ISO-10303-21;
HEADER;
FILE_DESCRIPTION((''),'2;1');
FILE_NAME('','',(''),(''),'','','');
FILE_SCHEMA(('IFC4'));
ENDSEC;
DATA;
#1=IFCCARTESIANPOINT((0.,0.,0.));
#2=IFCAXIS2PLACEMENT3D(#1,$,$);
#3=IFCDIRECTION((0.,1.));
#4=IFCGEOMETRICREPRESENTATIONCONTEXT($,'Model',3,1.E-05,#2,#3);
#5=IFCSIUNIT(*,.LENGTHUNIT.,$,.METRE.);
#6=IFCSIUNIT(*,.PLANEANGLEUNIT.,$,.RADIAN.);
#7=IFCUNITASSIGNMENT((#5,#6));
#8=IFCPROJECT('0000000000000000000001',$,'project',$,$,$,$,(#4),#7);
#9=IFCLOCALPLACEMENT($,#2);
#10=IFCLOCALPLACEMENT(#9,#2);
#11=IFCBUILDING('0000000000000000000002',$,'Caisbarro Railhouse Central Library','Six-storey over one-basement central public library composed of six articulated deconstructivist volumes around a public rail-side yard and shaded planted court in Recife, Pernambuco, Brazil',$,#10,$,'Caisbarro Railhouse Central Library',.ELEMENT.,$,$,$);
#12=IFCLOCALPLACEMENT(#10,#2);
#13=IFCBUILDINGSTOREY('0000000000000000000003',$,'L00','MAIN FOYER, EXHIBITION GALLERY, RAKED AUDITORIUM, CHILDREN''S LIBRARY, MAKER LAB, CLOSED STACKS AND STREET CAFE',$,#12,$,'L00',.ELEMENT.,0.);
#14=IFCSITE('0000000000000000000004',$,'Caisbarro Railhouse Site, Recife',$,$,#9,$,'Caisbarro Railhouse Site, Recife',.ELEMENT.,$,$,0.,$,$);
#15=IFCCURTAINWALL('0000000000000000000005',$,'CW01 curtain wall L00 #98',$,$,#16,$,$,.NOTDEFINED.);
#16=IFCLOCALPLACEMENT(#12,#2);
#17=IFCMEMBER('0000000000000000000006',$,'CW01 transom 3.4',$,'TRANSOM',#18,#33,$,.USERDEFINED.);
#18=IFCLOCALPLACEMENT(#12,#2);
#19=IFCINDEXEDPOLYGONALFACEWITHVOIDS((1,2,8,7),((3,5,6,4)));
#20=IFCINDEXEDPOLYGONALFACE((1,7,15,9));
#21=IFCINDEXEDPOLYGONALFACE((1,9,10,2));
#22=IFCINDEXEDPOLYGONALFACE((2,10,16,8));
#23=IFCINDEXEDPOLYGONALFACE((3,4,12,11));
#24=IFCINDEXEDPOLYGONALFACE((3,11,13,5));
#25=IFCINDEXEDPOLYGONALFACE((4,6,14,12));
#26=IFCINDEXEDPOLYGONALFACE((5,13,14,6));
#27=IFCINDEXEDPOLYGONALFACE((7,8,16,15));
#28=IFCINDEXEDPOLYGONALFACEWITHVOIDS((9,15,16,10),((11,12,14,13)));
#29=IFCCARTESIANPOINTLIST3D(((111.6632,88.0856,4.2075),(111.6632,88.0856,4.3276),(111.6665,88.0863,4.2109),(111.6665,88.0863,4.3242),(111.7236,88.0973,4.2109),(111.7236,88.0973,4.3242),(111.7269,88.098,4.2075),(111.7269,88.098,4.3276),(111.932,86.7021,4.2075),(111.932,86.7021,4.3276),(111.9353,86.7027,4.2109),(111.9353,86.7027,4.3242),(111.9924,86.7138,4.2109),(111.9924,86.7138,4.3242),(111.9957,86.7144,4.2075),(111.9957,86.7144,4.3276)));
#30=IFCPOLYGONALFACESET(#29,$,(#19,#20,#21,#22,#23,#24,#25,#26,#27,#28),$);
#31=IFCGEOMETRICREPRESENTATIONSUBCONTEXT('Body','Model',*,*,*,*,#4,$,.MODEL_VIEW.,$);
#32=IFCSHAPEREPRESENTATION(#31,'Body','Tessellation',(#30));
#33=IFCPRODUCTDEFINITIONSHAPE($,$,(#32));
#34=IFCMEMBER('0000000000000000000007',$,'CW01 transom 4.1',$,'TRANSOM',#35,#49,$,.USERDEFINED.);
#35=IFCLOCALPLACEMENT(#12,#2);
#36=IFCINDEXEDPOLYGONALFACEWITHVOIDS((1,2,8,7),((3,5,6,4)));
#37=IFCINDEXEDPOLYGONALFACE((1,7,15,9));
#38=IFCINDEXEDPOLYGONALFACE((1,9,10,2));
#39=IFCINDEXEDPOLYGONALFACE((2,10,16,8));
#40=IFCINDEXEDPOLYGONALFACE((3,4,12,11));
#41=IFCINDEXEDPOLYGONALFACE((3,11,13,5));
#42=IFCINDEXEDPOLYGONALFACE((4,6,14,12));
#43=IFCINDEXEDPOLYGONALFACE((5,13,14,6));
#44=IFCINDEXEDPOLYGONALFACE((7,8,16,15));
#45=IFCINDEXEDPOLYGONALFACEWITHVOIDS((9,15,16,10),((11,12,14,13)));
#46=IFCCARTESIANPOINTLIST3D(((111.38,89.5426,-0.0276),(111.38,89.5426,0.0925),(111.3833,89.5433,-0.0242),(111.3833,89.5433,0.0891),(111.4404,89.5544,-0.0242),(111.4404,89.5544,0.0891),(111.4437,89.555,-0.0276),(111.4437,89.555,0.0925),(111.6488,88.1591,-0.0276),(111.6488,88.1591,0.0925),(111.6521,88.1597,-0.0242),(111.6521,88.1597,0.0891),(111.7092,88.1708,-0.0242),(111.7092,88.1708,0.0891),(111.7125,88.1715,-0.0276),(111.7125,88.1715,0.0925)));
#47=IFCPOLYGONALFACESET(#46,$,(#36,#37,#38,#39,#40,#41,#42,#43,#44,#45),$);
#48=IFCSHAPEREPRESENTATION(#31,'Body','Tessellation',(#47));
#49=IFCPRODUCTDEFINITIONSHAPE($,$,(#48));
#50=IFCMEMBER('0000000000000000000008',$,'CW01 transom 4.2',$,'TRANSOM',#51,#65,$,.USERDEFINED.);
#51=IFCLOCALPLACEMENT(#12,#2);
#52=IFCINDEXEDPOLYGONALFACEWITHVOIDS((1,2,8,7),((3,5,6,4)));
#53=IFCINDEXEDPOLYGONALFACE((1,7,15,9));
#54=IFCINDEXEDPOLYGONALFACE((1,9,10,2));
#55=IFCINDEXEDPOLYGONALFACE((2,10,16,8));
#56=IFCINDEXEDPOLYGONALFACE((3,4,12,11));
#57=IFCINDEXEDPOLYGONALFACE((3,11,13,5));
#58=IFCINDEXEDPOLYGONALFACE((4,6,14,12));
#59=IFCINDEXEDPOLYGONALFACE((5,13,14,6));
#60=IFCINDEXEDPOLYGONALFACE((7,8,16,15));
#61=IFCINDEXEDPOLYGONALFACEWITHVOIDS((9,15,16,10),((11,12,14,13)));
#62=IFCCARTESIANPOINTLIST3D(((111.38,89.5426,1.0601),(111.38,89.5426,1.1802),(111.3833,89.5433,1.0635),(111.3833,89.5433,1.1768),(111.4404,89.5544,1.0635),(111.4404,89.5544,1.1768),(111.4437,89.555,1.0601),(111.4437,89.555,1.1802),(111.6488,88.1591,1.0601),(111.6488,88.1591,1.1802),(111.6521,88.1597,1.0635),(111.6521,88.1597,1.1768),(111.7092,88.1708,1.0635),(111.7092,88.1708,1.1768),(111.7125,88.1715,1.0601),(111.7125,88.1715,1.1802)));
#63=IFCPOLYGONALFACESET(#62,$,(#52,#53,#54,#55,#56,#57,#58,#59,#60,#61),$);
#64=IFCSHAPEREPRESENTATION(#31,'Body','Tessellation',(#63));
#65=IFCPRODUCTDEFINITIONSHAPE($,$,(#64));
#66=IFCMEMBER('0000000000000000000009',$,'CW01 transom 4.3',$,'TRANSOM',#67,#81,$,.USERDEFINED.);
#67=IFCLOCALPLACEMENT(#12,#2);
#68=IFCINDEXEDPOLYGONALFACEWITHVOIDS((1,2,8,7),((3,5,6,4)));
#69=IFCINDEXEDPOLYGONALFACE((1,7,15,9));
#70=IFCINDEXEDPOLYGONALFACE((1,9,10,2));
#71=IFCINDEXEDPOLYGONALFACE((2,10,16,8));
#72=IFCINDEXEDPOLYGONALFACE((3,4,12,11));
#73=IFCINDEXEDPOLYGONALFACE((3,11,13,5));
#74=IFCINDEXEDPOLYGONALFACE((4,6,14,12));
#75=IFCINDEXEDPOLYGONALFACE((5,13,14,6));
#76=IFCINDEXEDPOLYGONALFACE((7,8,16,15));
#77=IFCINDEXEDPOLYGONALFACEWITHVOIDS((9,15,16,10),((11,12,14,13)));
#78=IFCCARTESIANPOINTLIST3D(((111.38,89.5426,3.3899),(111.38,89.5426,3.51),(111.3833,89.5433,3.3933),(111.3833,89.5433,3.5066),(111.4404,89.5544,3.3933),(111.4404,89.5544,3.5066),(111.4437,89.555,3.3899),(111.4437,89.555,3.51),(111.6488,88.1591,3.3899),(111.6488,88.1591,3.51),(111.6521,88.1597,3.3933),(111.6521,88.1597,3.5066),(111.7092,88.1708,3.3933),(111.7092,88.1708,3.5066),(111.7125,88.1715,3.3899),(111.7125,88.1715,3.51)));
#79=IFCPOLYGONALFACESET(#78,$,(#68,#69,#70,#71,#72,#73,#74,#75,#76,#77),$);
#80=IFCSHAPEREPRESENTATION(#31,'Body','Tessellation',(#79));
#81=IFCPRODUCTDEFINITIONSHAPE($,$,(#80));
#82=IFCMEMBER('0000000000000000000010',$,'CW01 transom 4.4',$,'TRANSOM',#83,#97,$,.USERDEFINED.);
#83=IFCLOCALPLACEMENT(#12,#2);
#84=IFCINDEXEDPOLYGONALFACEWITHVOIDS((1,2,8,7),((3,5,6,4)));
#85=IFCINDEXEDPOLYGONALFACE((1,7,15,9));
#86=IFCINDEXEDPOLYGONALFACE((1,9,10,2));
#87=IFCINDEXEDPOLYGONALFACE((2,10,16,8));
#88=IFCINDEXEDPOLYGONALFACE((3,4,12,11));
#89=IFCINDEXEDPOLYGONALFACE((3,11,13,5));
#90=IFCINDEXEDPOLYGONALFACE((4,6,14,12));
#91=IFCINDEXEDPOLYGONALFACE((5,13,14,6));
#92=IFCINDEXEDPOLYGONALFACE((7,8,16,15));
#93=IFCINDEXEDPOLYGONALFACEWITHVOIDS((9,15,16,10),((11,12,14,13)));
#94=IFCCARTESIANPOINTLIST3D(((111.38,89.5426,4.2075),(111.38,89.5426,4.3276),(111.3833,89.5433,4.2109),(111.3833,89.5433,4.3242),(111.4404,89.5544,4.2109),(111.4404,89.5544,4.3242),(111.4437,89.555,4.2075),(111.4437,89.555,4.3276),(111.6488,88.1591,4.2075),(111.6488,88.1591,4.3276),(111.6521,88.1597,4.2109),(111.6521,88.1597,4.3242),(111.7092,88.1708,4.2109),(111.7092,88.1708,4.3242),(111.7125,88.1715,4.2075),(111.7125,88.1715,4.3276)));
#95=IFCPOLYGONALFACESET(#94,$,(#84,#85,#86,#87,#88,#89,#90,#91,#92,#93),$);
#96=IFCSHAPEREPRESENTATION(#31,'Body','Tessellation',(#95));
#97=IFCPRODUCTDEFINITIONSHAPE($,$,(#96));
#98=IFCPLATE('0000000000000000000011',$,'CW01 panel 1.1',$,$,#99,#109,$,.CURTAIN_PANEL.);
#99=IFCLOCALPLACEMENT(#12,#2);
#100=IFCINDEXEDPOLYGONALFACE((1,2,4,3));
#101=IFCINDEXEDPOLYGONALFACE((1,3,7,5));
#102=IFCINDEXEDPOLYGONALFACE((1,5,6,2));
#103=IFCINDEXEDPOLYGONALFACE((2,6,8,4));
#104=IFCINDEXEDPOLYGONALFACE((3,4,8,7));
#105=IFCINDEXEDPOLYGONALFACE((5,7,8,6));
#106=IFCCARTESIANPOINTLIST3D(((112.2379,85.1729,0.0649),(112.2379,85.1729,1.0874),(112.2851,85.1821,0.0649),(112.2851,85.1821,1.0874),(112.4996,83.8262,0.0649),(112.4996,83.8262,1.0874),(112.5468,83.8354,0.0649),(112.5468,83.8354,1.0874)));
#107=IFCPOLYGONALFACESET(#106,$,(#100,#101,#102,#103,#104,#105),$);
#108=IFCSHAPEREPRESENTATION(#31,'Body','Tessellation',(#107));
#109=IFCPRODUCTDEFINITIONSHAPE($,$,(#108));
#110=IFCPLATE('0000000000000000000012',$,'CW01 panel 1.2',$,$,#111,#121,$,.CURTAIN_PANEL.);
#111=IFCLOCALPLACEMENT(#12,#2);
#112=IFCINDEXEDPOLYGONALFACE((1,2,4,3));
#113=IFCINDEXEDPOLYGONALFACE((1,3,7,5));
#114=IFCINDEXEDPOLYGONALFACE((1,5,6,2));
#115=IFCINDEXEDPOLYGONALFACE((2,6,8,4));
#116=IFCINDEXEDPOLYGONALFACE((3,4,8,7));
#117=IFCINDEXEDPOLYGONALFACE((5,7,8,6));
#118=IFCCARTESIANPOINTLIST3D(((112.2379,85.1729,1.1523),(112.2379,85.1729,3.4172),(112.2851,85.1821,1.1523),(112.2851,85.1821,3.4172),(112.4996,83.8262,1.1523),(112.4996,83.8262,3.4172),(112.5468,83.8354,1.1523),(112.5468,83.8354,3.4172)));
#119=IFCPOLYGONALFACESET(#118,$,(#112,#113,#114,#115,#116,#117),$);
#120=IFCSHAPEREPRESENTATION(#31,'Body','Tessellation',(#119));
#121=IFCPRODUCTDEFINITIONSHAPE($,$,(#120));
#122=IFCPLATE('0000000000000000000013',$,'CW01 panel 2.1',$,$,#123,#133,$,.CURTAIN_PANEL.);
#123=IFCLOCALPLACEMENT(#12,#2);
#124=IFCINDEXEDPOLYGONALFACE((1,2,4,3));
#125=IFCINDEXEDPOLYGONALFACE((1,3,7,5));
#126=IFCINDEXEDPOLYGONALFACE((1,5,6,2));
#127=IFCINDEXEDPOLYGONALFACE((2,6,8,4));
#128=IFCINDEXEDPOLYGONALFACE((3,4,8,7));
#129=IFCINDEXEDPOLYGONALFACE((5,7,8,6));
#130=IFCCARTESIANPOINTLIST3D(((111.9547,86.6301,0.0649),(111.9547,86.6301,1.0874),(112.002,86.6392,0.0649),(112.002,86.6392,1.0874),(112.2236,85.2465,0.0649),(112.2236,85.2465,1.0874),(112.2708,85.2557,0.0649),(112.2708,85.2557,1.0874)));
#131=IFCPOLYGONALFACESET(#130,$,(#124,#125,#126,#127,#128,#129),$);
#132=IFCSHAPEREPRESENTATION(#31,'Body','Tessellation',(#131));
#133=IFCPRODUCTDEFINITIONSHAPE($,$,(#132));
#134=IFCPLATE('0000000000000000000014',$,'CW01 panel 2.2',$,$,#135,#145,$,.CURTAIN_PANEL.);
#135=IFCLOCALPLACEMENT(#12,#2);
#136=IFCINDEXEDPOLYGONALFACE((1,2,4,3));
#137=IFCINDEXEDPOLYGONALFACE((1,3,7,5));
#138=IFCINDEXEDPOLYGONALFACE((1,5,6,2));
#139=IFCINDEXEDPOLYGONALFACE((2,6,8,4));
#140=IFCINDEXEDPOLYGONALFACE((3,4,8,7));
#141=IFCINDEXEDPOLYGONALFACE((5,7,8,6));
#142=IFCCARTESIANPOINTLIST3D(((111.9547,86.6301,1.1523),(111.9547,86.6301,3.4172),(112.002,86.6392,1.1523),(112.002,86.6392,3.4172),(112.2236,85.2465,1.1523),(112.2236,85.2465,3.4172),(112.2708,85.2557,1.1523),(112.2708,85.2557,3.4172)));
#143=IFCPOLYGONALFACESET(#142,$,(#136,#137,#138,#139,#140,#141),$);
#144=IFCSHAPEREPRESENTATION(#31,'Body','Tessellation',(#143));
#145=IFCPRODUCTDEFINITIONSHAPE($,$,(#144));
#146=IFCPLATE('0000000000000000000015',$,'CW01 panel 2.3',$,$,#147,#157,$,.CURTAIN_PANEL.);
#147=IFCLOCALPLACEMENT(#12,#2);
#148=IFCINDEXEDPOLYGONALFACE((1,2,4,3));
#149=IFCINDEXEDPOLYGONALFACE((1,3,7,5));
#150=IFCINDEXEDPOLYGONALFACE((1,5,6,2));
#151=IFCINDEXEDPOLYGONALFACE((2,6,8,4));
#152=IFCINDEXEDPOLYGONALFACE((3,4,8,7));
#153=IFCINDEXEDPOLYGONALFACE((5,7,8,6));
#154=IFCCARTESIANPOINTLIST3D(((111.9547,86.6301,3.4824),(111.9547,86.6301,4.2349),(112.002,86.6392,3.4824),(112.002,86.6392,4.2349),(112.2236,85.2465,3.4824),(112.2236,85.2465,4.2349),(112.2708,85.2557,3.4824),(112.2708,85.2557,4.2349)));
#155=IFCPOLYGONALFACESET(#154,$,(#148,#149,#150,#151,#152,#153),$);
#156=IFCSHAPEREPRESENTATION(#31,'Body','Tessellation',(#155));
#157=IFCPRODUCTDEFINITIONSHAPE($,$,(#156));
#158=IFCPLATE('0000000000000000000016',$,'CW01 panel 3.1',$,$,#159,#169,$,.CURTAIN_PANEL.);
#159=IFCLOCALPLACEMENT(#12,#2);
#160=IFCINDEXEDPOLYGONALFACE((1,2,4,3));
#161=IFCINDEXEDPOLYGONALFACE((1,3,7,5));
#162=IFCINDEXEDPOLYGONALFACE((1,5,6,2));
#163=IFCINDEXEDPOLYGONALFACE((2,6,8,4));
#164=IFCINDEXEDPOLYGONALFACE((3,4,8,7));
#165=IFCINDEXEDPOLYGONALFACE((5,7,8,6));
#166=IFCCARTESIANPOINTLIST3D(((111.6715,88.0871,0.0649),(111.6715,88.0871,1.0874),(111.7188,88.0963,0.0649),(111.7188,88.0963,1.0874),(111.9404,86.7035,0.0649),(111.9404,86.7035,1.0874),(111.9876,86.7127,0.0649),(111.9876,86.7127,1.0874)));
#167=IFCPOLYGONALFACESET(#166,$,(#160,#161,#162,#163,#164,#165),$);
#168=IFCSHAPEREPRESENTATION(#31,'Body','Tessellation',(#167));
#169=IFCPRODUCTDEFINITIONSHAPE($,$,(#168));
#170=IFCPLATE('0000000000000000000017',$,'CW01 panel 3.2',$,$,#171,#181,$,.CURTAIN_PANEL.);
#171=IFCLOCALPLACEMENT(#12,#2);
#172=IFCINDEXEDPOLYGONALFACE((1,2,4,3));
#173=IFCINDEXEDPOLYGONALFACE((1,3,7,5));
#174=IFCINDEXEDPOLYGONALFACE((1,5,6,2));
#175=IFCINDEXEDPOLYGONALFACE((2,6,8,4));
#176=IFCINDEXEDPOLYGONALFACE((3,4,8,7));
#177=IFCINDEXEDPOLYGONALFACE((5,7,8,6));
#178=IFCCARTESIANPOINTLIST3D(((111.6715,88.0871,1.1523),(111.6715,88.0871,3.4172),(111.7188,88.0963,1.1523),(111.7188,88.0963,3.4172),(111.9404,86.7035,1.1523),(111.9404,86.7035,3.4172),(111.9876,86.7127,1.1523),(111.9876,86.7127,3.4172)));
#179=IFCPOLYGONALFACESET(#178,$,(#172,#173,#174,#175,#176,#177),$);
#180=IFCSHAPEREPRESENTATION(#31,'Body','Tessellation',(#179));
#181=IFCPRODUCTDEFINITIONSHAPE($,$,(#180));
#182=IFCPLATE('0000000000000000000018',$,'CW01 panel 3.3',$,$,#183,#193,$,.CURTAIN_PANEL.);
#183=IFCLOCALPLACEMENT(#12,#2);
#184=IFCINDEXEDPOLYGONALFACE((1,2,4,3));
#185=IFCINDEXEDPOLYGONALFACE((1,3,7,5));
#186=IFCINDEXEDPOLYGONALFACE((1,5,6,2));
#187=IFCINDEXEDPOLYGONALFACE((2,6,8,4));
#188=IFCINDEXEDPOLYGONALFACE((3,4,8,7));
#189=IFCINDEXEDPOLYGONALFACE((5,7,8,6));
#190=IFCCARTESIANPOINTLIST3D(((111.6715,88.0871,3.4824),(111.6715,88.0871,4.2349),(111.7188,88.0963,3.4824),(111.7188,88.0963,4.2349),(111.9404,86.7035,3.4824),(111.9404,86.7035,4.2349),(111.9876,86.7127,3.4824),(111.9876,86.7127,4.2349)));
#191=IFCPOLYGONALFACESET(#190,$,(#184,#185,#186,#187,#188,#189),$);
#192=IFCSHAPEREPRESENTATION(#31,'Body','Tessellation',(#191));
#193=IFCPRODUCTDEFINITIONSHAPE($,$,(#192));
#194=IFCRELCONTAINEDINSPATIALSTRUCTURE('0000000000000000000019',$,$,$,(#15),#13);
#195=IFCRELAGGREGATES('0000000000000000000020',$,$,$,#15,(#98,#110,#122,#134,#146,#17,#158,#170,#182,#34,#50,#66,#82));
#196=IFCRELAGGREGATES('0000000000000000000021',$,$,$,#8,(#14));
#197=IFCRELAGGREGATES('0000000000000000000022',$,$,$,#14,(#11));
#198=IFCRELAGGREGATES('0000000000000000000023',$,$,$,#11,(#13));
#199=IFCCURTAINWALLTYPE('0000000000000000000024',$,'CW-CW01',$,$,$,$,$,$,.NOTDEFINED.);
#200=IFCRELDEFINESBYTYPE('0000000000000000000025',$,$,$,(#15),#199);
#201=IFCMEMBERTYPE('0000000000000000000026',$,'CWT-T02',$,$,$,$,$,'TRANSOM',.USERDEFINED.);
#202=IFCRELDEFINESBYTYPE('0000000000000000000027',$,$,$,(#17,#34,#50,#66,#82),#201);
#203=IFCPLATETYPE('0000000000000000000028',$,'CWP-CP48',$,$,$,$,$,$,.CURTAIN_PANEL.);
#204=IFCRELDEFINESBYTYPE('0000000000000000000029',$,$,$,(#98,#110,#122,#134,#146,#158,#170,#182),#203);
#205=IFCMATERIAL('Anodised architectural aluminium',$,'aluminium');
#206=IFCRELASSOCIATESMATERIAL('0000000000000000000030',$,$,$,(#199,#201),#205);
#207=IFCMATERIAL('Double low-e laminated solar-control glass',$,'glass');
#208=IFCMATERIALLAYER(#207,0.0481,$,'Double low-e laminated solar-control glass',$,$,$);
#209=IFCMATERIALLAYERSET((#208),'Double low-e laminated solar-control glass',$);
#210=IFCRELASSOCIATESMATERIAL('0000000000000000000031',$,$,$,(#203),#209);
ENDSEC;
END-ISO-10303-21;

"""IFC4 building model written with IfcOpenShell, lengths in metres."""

from ifc_helpers import new_model, si_unit, direction, frame, origin, origin_2d, place, context, subcontext, project, spatial, rectangle, hollow_rectangle, extrude, material, layer, layer_set, material_profile, profile_set, type_object, element, aggregate, save


model = new_model("IFC4")

# Units and contexts
model_context = context("Model", 3, precision=1e-05, world=origin(), true_north=direction((0.0, 1.0)))
body_context = subcontext(model_context, "Body", "Model", "MODEL_VIEW")
ifc_project = project(units=[si_unit("LENGTHUNIT", "METRE"), si_unit("PLANEANGLEUNIT", "RADIAN")], contexts=[model_context])

# Site, building, storey
site_placement = place(None, origin())
site = spatial("IfcSite", under=ifc_project, at=site_placement, Name="Caisbarro Railhouse Site, Recife", LongName="Caisbarro Railhouse Site, Recife", CompositionType="ELEMENT", RefElevation=0.0)
building_placement = place(site_placement, origin())
building = spatial("IfcBuilding", under=site, at=building_placement, Name="Caisbarro Railhouse Central Library", Description="Six-storey over one-basement central public library composed of six articulated deconstructivist volumes around a public rail-side yard and shaded planted court in Recife, Pernambuco, Brazil", LongName="Caisbarro Railhouse Central Library", CompositionType="ELEMENT")
storey_placement = place(building_placement, origin())
storey = spatial("IfcBuildingStorey", under=building, at=storey_placement, Name="L00", Description="MAIN FOYER, EXHIBITION GALLERY, RAKED AUDITORIUM, CHILDREN'S LIBRARY, MAKER LAB, CLOSED STACKS AND STREET CAFE", LongName="L00", CompositionType="ELEMENT", Elevation=0.0)

# Curtain wall, members, plates
ifc_material_1 = material(Name="Anodised architectural aluminium", Category="aluminium")
curtain_wall_type = type_object("IfcCurtainWallType", Name="CW-CW01", PredefinedType="NOTDEFINED", material=ifc_material_1)
curtain_wall_placement = place(storey_placement, origin())
curtain_wall = element("IfcCurtainWall", 1, at=curtain_wall_placement, inside=storey, type_object=curtain_wall_type, Name="CW01 curtain wall L00 #98", PredefinedType="NOTDEFINED")
ifc_material_profile_1 = material_profile(ifc_material_1, hollow_rectangle(XDim=0.0649, YDim=0.1201, WallThickness=0.0034, at=origin_2d()), Name="ALU-TRN-65X120")
ifc_profile_set_1 = profile_set([ifc_material_profile_1], Name="Anodised architectural aluminium")
member_type_1 = type_object("IfcMemberType", Name="CWT-T02", ElementType="TRANSOM", PredefinedType="USERDEFINED", material=ifc_profile_set_1)
member_1_placement = place(storey_placement, frame((111.9639, 86.7083, 4.2676), z_axis=(-0.190717, 0.981645, 0.0), x_axis=(-0.981645, -0.190717, 0.0)))
member_1 = element("IfcMember", 2, at=member_1_placement, type_object=member_type_1, Name="CW01 transom 3.4", ObjectType="TRANSOM", PredefinedType="USERDEFINED", context=body_context, shape_type="SweptSolid", body=[
    extrude(hollow_rectangle(XDim=0.0649, YDim=0.1201, WallThickness=0.0034, at=origin_2d()), origin(), (0.0, 0.0, 1.0), 1.4094),
])
member_2_placement = place(storey_placement, frame((111.6807, 88.1653, 0.0325), z_axis=(-0.190717, 0.981645, 0.0), x_axis=(-0.981645, -0.190717, 0.0)))
member_2 = element("IfcMember", 3, at=member_2_placement, type_object=member_type_1, Name="CW01 transom 4.1", ObjectType="TRANSOM", PredefinedType="USERDEFINED", context=body_context, shape_type="SweptSolid", body=[
    extrude(hollow_rectangle(XDim=0.0649, YDim=0.1201, WallThickness=0.0034, at=origin_2d()), origin(), (0.0, 0.0, 1.0), 1.4094),
])
member_3_placement = place(storey_placement, frame((111.6807, 88.1653, 1.1201), z_axis=(-0.190717, 0.981645, 0.0), x_axis=(-0.981645, -0.190717, 0.0)))
member_3 = element("IfcMember", 4, at=member_3_placement, type_object=member_type_1, Name="CW01 transom 4.2", ObjectType="TRANSOM", PredefinedType="USERDEFINED", context=body_context, shape_type="SweptSolid", body=[
    extrude(hollow_rectangle(XDim=0.0649, YDim=0.1201, WallThickness=0.0034, at=origin_2d()), origin(), (0.0, 0.0, 1.0), 1.4094),
])
member_4_placement = place(storey_placement, frame((111.6807, 88.1653, 3.45), z_axis=(-0.190717, 0.981645, 0.0), x_axis=(-0.981645, -0.190717, 0.0)))
member_4 = element("IfcMember", 5, at=member_4_placement, type_object=member_type_1, Name="CW01 transom 4.3", ObjectType="TRANSOM", PredefinedType="USERDEFINED", context=body_context, shape_type="SweptSolid", body=[
    extrude(hollow_rectangle(XDim=0.0649, YDim=0.1201, WallThickness=0.0034, at=origin_2d()), origin(), (0.0, 0.0, 1.0), 1.4094),
])
member_5_placement = place(storey_placement, frame((111.6807, 88.1653, 4.2676), z_axis=(-0.190717, 0.981645, 0.0), x_axis=(-0.981645, -0.190717, 0.0)))
member_5 = element("IfcMember", 6, at=member_5_placement, type_object=member_type_1, Name="CW01 transom 4.4", ObjectType="TRANSOM", PredefinedType="USERDEFINED", context=body_context, shape_type="SweptSolid", body=[
    extrude(hollow_rectangle(XDim=0.0649, YDim=0.1201, WallThickness=0.0034, at=origin_2d()), origin(), (0.0, 0.0, 1.0), 1.4094),
])
ifc_material_2 = material(Name="Double low-e laminated solar-control glass", Category="glass")
ifc_layer = layer(ifc_material_2, 0.0481, Name="Double low-e laminated solar-control glass")
ifc_layer_set = layer_set([ifc_layer], Name="Double low-e laminated solar-control glass")
plate_type = type_object("IfcPlateType", Name="CWP-CP48", PredefinedType="CURTAIN_PANEL", material=ifc_layer_set)
plate_1_placement = place(storey_placement, frame((112.3923, 84.5042, 0.0649), z_axis=(0.0, 0.0, 1.0), x_axis=(-0.190781, 0.981633, 0.0)))
plate_1 = element("IfcPlate", 7, at=plate_1_placement, type_object=plate_type, Name="CW01 panel 1.1", PredefinedType="CURTAIN_PANEL", context=body_context, shape_type="SweptSolid", body=[
    extrude(rectangle(XDim=1.3718, YDim=0.0481, at=origin_2d()), origin(), (0.0, 0.0, 1.0), 1.0225),
])
plate_2_placement = place(storey_placement, frame((112.3923, 84.5042, 1.1523), z_axis=(0.0, 0.0, 1.0), x_axis=(-0.190781, 0.981633, 0.0)))
plate_2 = element("IfcPlate", 8, at=plate_2_placement, type_object=plate_type, Name="CW01 panel 1.2", PredefinedType="CURTAIN_PANEL", context=body_context, shape_type="SweptSolid", body=[
    extrude(rectangle(XDim=1.3718, YDim=0.0481, at=origin_2d()), origin(), (0.0, 0.0, 1.0), 2.2649),
])
plate_3_placement = place(storey_placement, frame((112.1128, 85.9429, 0.0649), z_axis=(0.0, 0.0, 1.0), x_axis=(-0.190781, 0.981633, 0.0)))
plate_3 = element("IfcPlate", 9, at=plate_3_placement, type_object=plate_type, Name="CW01 panel 2.1", PredefinedType="CURTAIN_PANEL", context=body_context, shape_type="SweptSolid", body=[
    extrude(rectangle(XDim=1.4094, YDim=0.0481, at=origin_2d()), origin(), (0.0, 0.0, 1.0), 1.0225),
])
plate_4_placement = place(storey_placement, frame((112.1128, 85.9429, 1.1523), z_axis=(0.0, 0.0, 1.0), x_axis=(-0.190781, 0.981633, 0.0)))
plate_4 = element("IfcPlate", 10, at=plate_4_placement, type_object=plate_type, Name="CW01 panel 2.2", PredefinedType="CURTAIN_PANEL", context=body_context, shape_type="SweptSolid", body=[
    extrude(rectangle(XDim=1.4094, YDim=0.0481, at=origin_2d()), origin(), (0.0, 0.0, 1.0), 2.2649),
])
plate_5_placement = place(storey_placement, frame((112.1128, 85.9429, 3.4824), z_axis=(0.0, 0.0, 1.0), x_axis=(-0.190781, 0.981633, 0.0)))
plate_5 = element("IfcPlate", 11, at=plate_5_placement, type_object=plate_type, Name="CW01 panel 2.3", PredefinedType="CURTAIN_PANEL", context=body_context, shape_type="SweptSolid", body=[
    extrude(rectangle(XDim=1.4094, YDim=0.0481, at=origin_2d()), origin(), (0.0, 0.0, 1.0), 0.7524),
])
plate_6_placement = place(storey_placement, frame((111.8296, 87.3999, 0.0649), z_axis=(0.0, 0.0, 1.0), x_axis=(-0.190781, 0.981633, 0.0)))
plate_6 = element("IfcPlate", 12, at=plate_6_placement, type_object=plate_type, Name="CW01 panel 3.1", PredefinedType="CURTAIN_PANEL", context=body_context, shape_type="SweptSolid", body=[
    extrude(rectangle(XDim=1.4094, YDim=0.0481, at=origin_2d()), origin(), (0.0, 0.0, 1.0), 1.0225),
])
plate_7_placement = place(storey_placement, frame((111.8296, 87.3999, 1.1523), z_axis=(0.0, 0.0, 1.0), x_axis=(-0.190781, 0.981633, 0.0)))
plate_7 = element("IfcPlate", 13, at=plate_7_placement, type_object=plate_type, Name="CW01 panel 3.2", PredefinedType="CURTAIN_PANEL", context=body_context, shape_type="SweptSolid", body=[
    extrude(rectangle(XDim=1.4094, YDim=0.0481, at=origin_2d()), origin(), (0.0, 0.0, 1.0), 2.2649),
])
plate_8_placement = place(storey_placement, frame((111.8296, 87.3999, 3.4824), z_axis=(0.0, 0.0, 1.0), x_axis=(-0.190781, 0.981633, 0.0)))
plate_8 = element("IfcPlate", 14, at=plate_8_placement, type_object=plate_type, Name="CW01 panel 3.3", PredefinedType="CURTAIN_PANEL", context=body_context, shape_type="SweptSolid", body=[
    extrude(rectangle(XDim=1.4094, YDim=0.0481, at=origin_2d()), origin(), (0.0, 0.0, 1.0), 0.7524),
])
aggregate(curtain_wall, [plate_1, plate_2, plate_3, plate_4, plate_5, member_1, plate_6, plate_7, plate_8, member_2, member_3, member_4, member_5])

save(model, "model.ifc")
